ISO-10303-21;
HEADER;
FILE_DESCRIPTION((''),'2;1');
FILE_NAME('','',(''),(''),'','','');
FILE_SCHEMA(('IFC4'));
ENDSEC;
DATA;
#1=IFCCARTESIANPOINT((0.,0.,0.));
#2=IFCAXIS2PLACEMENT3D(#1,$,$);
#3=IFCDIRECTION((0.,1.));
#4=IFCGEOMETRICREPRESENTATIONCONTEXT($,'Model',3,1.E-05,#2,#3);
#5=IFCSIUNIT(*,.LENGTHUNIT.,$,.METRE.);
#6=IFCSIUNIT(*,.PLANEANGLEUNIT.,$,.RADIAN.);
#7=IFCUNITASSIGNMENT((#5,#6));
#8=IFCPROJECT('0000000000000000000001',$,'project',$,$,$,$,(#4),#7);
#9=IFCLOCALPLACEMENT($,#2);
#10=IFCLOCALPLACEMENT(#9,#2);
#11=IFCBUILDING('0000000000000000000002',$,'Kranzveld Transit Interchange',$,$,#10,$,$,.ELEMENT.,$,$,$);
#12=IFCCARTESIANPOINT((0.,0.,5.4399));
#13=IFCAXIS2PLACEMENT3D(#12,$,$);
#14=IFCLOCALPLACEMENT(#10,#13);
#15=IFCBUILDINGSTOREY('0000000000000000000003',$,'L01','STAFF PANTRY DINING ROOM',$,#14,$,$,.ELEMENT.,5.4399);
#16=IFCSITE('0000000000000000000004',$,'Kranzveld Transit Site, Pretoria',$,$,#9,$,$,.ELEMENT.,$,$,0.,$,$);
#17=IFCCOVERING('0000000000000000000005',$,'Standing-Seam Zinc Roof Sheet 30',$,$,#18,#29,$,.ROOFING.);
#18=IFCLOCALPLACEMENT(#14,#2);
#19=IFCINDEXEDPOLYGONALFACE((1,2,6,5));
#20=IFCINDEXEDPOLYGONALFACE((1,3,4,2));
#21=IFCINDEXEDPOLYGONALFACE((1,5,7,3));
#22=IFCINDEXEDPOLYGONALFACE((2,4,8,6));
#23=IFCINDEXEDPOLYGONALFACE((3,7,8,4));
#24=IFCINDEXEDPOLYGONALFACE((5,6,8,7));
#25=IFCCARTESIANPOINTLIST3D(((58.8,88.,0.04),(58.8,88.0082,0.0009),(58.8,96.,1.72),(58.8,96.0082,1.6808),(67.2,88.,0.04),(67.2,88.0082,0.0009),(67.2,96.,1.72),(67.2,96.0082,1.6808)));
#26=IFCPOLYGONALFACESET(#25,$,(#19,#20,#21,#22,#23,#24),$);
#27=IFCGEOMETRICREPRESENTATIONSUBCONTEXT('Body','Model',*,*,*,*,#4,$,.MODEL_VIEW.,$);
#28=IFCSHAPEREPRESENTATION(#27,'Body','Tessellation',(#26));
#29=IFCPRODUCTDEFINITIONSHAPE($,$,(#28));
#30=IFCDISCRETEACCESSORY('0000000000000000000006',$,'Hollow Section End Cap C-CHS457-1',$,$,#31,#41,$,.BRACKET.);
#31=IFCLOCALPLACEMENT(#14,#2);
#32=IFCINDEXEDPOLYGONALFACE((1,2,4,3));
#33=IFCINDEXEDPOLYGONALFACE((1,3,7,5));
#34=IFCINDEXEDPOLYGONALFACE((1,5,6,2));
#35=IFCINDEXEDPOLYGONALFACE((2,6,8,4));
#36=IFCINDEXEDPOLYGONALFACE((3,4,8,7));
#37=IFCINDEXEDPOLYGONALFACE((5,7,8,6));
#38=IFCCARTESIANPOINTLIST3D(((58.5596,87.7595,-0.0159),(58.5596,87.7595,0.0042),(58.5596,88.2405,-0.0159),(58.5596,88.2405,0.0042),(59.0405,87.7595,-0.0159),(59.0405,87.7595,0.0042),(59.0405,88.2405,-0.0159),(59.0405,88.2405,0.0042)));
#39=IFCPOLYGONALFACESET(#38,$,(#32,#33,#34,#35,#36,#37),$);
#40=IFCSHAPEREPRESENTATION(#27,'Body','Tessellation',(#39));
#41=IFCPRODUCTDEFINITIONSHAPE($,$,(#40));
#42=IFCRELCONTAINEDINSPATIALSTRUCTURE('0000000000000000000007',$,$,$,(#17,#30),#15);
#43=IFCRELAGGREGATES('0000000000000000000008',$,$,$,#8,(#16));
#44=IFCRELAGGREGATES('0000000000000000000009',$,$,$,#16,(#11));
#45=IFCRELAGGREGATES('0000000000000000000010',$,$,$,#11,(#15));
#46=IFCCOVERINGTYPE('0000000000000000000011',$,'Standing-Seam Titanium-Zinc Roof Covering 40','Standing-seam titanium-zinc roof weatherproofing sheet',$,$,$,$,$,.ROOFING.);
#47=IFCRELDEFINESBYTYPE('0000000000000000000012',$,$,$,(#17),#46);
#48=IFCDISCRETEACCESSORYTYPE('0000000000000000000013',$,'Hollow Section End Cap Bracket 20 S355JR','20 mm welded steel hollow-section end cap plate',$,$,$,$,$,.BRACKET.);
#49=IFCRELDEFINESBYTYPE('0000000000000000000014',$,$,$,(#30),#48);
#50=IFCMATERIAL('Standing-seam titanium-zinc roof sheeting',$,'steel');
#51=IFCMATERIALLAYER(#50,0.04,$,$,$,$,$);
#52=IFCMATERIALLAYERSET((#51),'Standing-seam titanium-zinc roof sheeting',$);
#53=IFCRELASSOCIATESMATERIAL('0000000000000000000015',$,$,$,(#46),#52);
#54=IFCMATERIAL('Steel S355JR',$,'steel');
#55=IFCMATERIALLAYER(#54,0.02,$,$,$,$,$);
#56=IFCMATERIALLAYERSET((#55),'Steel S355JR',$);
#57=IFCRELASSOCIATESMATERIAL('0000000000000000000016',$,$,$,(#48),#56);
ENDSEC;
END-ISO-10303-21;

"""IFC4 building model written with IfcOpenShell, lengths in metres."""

from ifc_helpers import new_model, si_unit, direction, frame, origin, origin_2d, place, context, subcontext, project, spatial, polyline, rectangle, outline, extrude, material, layer, layer_set, type_object, element, save


model = new_model("IFC4")

# Units and contexts
model_context = context("Model", 3, precision=1e-05, world=origin(), true_north=direction((0.0, 1.0)))
body_context = subcontext(model_context, "Body", "Model", "MODEL_VIEW")
ifc_project = project(units=[si_unit("LENGTHUNIT", "METRE"), si_unit("PLANEANGLEUNIT", "RADIAN")], contexts=[model_context])

# Site, building, storey
site_placement = place(None, origin())
site = spatial("IfcSite", under=ifc_project, at=site_placement, Name="Kranzveld Transit Site, Pretoria", CompositionType="ELEMENT", RefElevation=0.0)
building_placement = place(site_placement, origin())
building = spatial("IfcBuilding", under=site, at=building_placement, Name="Kranzveld Transit Interchange", CompositionType="ELEMENT")
storey_placement = place(building_placement, frame((0.0, 0.0, 5.4399)))
storey = spatial("IfcBuildingStorey", under=building, at=storey_placement, Name="L01", Description="STAFF PANTRY DINING ROOM", CompositionType="ELEMENT", Elevation=5.4399)

# Covering
ifc_material_1 = material(Name="Standing-seam titanium-zinc roof sheeting", Category="steel")
ifc_layer_1 = layer(ifc_material_1, 0.04)
ifc_layer_set_1 = layer_set([ifc_layer_1], Name="Standing-seam titanium-zinc roof sheeting")
covering_type = type_object("IfcCoveringType", Name="Standing-Seam Titanium-Zinc Roof Covering 40", Description="Standing-seam titanium-zinc roof weatherproofing sheet", PredefinedType="ROOFING", material=ifc_layer_set_1)
covering_placement = place(storey_placement, frame((58.8, 88.0, 0.04), z_axis=(0.0, -0.205509, 0.978655), x_axis=(1.0, 0.0, 0.0)))
element("IfcCovering", 1, at=covering_placement, inside=storey, type_object=covering_type, Name="Standing-Seam Zinc Roof Sheet 30", PredefinedType="ROOFING", context=body_context, shape_type="SweptSolid", body=[
    extrude(outline(polyline([(0.0, 0.0), (8.3999, 0.0), (8.3999, 8.1745), (0.0, 8.1745), (0.0, 0.0)])), origin(), (0.0, 0.0, -1.0), 0.04),
])

# Discrete accessory
ifc_material_2 = material(Name="Steel S355JR", Category="steel")
ifc_layer_2 = layer(ifc_material_2, 0.02)
ifc_layer_set_2 = layer_set([ifc_layer_2], Name="Steel S355JR")
discrete_accessory_type = type_object("IfcDiscreteAccessoryType", Name="Hollow Section End Cap Bracket 20 S355JR", Description="20 mm welded steel hollow-section end cap plate", PredefinedType="BRACKET", material=ifc_layer_set_2)
discrete_accessory_placement = place(storey_placement, frame((58.8, 88.0, 0.0042), z_axis=(0.0, 0.0, -1.0), x_axis=(1.0, 0.0, 0.0)))
element("IfcDiscreteAccessory", 2, at=discrete_accessory_placement, inside=storey, type_object=discrete_accessory_type, Name="Hollow Section End Cap C-CHS457-1", PredefinedType="BRACKET", context=body_context, shape_type="SweptSolid", body=[
    extrude(rectangle(XDim=0.481, YDim=0.481, at=origin_2d()), origin(), (0.0, 0.0, 1.0), 0.02),
])

save(model, "model.ifc")
